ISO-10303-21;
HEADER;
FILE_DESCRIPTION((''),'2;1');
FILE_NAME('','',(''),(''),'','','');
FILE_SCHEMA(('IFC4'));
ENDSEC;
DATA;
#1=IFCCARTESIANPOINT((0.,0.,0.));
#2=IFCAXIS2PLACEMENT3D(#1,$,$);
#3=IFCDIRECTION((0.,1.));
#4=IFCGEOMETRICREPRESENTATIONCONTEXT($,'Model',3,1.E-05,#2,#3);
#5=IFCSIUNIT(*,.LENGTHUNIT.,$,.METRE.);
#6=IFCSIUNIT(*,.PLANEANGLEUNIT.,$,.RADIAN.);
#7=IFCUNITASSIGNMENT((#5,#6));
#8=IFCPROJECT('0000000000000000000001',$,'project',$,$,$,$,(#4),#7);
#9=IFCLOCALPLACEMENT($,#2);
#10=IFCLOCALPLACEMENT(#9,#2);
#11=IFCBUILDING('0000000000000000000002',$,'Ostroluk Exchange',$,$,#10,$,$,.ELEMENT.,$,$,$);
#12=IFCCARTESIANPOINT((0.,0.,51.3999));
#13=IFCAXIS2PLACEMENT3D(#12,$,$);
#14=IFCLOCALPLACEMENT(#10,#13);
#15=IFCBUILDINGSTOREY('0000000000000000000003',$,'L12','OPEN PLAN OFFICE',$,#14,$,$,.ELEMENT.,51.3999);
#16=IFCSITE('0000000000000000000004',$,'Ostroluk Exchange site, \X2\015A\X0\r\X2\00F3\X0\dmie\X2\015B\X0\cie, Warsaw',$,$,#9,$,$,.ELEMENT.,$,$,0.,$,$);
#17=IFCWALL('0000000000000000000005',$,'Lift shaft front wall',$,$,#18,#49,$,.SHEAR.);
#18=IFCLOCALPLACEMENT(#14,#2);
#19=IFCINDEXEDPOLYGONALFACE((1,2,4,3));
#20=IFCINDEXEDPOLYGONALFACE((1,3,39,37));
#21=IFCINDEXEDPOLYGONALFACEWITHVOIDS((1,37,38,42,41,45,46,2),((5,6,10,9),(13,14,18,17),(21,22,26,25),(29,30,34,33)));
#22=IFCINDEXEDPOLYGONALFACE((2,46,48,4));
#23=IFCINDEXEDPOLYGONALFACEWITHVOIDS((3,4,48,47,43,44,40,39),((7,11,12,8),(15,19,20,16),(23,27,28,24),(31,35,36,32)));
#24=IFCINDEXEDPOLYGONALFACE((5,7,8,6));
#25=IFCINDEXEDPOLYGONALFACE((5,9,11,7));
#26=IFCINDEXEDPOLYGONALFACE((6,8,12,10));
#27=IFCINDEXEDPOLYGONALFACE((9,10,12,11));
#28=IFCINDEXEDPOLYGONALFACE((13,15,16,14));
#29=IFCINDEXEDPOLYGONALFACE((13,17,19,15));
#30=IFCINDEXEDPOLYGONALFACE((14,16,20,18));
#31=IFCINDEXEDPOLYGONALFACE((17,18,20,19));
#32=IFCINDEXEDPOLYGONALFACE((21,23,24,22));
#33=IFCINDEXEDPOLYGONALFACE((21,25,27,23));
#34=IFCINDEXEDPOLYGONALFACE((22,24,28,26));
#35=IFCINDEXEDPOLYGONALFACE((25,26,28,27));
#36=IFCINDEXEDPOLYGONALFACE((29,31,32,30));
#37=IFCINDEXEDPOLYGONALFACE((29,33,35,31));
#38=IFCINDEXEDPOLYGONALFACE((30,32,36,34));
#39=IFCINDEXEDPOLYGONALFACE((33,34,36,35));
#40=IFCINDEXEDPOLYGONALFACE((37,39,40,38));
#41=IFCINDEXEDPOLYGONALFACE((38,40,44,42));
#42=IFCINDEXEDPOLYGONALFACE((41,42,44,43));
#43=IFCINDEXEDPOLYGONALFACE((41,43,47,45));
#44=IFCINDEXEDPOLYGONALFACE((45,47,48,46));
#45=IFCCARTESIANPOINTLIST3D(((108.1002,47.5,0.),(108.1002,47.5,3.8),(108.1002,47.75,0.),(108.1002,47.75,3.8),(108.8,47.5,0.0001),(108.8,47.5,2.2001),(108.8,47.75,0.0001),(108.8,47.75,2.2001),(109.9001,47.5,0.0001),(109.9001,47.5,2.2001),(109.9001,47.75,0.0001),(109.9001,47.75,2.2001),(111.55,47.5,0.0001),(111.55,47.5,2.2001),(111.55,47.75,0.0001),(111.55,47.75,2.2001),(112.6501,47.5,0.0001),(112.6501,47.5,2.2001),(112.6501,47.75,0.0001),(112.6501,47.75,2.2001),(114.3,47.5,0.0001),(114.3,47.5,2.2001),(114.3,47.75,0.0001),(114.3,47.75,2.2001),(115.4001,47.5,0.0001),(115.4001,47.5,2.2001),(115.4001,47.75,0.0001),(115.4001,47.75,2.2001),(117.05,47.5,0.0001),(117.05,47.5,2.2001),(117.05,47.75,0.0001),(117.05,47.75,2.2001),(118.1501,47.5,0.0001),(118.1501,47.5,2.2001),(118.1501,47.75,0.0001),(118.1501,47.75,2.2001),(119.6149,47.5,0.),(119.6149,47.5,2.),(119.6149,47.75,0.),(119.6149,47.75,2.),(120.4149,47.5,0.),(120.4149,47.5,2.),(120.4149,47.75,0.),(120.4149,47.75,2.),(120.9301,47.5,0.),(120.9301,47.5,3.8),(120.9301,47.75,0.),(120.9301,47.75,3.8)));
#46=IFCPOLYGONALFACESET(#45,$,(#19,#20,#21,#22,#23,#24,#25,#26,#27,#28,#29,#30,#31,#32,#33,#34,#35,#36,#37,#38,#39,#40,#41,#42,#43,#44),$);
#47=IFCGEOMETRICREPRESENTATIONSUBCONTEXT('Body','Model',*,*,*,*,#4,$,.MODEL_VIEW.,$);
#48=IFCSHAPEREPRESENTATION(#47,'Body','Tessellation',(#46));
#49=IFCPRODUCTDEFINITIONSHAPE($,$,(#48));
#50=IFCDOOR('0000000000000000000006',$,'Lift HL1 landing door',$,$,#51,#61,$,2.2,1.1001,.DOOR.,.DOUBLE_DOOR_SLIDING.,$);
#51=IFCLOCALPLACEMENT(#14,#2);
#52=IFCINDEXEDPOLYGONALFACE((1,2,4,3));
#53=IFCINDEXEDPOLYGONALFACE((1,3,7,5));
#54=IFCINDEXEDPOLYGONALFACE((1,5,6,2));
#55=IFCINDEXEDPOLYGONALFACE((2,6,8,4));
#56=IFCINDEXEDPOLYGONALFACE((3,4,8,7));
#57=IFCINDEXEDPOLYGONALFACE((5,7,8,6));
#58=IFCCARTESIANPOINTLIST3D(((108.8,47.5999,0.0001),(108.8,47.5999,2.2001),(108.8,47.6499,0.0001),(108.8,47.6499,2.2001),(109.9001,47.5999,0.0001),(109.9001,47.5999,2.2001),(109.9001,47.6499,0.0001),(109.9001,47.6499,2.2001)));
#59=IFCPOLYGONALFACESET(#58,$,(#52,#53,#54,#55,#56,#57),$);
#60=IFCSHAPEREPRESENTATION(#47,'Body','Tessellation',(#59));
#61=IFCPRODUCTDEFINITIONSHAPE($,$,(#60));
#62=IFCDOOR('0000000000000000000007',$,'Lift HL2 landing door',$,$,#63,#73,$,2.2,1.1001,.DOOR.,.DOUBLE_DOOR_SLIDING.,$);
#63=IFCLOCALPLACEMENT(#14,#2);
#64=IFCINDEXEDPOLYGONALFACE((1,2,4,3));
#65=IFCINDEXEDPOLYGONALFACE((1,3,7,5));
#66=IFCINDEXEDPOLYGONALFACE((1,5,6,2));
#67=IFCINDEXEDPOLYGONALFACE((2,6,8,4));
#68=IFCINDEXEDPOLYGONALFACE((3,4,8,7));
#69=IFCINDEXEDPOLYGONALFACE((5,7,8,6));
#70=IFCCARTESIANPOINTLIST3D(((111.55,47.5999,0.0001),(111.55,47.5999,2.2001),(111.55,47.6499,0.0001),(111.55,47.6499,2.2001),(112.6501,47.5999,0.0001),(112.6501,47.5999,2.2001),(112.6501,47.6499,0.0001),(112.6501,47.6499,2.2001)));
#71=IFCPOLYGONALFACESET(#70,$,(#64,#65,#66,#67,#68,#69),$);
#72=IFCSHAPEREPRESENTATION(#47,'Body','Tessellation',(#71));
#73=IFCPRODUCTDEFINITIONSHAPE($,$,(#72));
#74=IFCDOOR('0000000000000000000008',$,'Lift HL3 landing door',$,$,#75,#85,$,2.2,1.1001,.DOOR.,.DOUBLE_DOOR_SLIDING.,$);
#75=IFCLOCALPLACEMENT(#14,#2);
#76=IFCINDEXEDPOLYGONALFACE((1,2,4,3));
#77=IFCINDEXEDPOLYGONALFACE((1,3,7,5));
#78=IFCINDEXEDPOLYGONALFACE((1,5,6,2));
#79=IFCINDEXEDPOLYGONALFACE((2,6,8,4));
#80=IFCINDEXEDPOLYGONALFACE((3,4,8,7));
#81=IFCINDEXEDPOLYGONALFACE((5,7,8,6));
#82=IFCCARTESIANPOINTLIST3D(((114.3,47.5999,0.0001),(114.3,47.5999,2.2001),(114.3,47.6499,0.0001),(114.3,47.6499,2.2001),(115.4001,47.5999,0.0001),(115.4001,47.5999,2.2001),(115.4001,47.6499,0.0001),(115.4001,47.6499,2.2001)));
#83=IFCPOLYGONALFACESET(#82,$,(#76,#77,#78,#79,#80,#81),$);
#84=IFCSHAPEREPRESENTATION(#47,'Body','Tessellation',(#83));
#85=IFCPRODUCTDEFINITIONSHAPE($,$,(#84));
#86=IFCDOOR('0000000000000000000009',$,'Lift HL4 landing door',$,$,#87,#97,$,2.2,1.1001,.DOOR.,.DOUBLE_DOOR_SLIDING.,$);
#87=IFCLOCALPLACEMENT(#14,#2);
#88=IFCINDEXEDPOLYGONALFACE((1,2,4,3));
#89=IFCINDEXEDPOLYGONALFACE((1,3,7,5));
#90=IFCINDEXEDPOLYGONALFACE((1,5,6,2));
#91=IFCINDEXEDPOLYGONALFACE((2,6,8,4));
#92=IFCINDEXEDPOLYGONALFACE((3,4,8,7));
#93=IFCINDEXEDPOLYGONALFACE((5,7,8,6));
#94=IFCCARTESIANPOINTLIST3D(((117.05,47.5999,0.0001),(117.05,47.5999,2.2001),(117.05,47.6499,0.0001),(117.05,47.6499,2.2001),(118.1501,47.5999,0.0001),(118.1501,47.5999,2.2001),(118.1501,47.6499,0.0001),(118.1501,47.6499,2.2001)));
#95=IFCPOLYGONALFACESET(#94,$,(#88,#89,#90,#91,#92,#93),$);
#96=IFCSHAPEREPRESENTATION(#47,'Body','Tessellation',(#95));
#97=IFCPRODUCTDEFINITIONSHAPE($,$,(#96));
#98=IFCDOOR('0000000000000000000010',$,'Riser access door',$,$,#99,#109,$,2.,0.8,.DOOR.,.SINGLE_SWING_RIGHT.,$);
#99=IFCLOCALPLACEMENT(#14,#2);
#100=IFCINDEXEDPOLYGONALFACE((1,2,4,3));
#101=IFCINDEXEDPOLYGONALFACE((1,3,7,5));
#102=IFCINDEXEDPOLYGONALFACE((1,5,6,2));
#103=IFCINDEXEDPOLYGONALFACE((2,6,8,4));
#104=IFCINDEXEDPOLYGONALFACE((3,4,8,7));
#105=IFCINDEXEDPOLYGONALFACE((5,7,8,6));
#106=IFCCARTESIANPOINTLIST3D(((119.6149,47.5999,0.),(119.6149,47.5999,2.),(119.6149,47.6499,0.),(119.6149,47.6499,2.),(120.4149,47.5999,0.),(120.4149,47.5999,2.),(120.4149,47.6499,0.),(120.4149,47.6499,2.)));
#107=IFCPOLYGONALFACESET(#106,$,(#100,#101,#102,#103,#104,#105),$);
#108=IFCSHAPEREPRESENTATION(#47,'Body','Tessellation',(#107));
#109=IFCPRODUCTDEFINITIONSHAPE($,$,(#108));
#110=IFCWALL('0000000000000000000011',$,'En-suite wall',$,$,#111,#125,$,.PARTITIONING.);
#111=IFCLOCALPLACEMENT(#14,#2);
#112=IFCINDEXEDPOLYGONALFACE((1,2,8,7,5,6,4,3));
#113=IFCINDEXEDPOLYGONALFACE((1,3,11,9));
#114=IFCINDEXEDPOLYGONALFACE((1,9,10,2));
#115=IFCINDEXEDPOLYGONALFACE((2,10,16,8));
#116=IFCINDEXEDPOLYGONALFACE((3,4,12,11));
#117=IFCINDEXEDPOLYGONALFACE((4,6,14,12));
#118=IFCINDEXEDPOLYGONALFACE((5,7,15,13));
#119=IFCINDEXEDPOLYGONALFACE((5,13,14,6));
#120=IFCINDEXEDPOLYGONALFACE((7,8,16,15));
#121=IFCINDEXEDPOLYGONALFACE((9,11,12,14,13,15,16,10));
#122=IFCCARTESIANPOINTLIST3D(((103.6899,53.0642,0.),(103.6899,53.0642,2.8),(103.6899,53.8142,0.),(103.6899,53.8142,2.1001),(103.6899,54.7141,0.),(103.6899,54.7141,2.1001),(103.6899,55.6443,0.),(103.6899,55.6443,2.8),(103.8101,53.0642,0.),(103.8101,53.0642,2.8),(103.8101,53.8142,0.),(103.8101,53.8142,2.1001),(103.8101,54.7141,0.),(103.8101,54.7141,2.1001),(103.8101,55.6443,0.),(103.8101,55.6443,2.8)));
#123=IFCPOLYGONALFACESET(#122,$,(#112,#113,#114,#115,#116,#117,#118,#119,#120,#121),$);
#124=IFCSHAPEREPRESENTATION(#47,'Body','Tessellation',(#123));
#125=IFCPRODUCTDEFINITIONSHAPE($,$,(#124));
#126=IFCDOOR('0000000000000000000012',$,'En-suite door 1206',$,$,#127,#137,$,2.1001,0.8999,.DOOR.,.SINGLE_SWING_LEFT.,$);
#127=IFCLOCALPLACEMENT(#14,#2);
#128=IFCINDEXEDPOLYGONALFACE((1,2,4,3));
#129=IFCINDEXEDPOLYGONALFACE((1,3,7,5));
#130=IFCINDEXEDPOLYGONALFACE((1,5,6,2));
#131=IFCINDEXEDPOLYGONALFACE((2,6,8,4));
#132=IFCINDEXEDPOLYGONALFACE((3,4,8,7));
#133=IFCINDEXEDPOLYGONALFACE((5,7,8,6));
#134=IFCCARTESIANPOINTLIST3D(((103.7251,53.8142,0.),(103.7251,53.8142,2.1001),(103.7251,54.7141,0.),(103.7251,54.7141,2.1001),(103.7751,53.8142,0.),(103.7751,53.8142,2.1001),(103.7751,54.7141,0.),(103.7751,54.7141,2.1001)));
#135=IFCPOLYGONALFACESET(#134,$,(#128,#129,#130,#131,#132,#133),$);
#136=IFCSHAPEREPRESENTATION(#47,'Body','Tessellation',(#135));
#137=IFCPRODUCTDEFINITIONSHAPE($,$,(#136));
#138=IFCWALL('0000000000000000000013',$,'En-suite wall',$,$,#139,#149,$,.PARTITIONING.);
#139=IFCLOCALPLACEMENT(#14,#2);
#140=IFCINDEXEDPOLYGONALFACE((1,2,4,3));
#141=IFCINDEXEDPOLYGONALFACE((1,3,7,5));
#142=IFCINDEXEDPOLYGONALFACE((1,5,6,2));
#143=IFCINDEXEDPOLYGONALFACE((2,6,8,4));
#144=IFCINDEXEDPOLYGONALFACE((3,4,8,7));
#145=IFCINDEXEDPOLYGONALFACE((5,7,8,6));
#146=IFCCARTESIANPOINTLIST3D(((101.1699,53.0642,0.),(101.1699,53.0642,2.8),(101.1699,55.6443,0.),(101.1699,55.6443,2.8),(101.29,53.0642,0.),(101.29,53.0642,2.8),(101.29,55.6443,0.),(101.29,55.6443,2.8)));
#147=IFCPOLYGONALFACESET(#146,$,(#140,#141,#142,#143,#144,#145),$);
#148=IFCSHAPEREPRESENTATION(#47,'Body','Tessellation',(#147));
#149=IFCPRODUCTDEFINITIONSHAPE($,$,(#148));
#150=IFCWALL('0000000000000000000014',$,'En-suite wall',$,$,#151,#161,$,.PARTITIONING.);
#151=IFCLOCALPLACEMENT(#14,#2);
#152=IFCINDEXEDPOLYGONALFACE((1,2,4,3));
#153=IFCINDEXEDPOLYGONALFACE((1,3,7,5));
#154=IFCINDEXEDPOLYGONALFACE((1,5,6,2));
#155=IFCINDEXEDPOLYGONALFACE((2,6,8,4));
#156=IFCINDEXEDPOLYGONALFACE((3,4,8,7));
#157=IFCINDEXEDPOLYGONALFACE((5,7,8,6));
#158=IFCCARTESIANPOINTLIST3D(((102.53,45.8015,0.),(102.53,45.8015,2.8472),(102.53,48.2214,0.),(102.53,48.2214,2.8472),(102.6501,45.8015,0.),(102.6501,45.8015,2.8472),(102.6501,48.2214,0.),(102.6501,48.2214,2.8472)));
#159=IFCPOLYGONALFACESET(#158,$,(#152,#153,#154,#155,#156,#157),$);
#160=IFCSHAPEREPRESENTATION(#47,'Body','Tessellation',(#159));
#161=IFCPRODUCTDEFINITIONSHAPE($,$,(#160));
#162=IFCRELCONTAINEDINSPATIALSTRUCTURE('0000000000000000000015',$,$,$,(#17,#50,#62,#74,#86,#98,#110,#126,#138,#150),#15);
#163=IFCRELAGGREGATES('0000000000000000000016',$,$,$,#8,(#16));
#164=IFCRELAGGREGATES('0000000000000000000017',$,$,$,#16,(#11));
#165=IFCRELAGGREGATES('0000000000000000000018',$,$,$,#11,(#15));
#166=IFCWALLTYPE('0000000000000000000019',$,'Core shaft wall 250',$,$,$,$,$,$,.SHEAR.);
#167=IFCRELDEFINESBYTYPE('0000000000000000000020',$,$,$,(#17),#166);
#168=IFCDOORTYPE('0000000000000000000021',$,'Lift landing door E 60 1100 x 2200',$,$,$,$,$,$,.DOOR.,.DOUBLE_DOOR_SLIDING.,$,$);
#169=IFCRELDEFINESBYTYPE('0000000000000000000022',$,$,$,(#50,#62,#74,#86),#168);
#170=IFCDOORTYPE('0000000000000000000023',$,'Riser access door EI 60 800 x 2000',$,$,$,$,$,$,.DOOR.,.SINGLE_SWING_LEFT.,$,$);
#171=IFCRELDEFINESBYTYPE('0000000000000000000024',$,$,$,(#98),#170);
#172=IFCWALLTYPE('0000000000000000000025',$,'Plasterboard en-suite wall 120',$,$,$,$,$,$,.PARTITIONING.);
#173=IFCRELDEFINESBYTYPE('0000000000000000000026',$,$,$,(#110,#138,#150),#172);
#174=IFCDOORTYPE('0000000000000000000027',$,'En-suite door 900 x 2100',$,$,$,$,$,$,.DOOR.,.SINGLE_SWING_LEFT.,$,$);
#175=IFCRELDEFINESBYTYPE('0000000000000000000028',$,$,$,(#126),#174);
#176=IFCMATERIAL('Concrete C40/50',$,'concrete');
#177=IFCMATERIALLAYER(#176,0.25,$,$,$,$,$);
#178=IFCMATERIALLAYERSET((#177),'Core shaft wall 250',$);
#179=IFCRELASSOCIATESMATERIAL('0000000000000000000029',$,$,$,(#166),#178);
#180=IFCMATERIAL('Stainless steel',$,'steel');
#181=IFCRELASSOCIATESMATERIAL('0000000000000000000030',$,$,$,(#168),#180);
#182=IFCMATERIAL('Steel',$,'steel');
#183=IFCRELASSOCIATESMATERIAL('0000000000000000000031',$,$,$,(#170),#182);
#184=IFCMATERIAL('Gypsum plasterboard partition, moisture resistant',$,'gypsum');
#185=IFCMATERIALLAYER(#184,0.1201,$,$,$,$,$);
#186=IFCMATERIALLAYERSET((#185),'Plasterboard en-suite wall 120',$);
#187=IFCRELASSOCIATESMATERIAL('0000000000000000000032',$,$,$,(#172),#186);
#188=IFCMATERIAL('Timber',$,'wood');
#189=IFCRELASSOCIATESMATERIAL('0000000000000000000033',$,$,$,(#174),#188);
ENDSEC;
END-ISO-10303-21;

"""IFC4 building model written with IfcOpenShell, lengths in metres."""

from ifc_helpers import new_model, si_unit, direction, frame, frame_2d, origin, place, context, subcontext, project, spatial, rectangle, extrude, material, layer, layer_set, type_object, element, fill, save


model = new_model("IFC4")

# Units and contexts
model_context = context("Model", 3, precision=1e-05, world=origin(), true_north=direction((0.0, 1.0)))
body_context = subcontext(model_context, "Body", "Model", "MODEL_VIEW")
ifc_project = project(units=[si_unit("LENGTHUNIT", "METRE"), si_unit("PLANEANGLEUNIT", "RADIAN")], contexts=[model_context])

# Site, building, storey
site_placement = place(None, origin())
site = spatial("IfcSite", under=ifc_project, at=site_placement, Name="Ostroluk Exchange site, Śródmieście, Warsaw", CompositionType="ELEMENT", RefElevation=0.0)
building_placement = place(site_placement, origin())
building = spatial("IfcBuilding", under=site, at=building_placement, Name="Ostroluk Exchange", CompositionType="ELEMENT")
storey_placement = place(building_placement, frame((0.0, 0.0, 51.3999)))
storey = spatial("IfcBuildingStorey", under=building, at=storey_placement, Name="L12", Description="OPEN PLAN OFFICE", CompositionType="ELEMENT", Elevation=51.3999)

# Shared definitions
ifc_material_1 = material(Name="Concrete C40/50", Category="concrete")
ifc_layer_1 = layer(ifc_material_1, 0.25)
ifc_layer_set_1 = layer_set([ifc_layer_1], Name="Core shaft wall 250")
wall_type_1 = type_object("IfcWallType", Name="Core shaft wall 250", PredefinedType="SHEAR", material=ifc_layer_set_1)

# Wall, openings, doors
wall_1_placement = place(storey_placement, frame((108.1001, 47.625, 0.0), z_axis=(0.0, 0.0, 1.0), x_axis=(1.0, 0.0, 0.0)))
wall_1 = element("IfcWall", 1, at=wall_1_placement, inside=storey, type_object=wall_type_1, Name="Lift shaft front wall", PredefinedType="SHEAR", context=body_context, shape_type="SweptSolid", body=[
    extrude(rectangle(XDim=12.8298, YDim=0.25, at=frame_2d((6.415, 0.0))), origin(), (0.0, 0.0, 1.0), 3.8),
])
opening_1_placement = place(wall_1_placement, frame((0.7, 0.0, 0.0)))
opening_1 = element("IfcOpeningElement", 2, at=opening_1_placement, cuts=wall_1, PredefinedType="OPENING", context=body_context, shape_type="SweptSolid", body=[
    extrude(rectangle(XDim=1.1001, YDim=2.2, at=frame_2d((0.55, 1.1001))), frame((0.0, 0.135, 0.0), z_axis=(0.0, -1.0, 0.0), x_axis=(1.0, 0.0, 0.0)), (0.0, 0.0, 1.0), 0.27),
])
opening_2_placement = place(wall_1_placement, frame((3.45, 0.0, 0.0)))
opening_2 = element("IfcOpeningElement", 3, at=opening_2_placement, cuts=wall_1, PredefinedType="OPENING", context=body_context, shape_type="SweptSolid", body=[
    extrude(rectangle(XDim=1.1001, YDim=2.2, at=frame_2d((0.55, 1.1001))), frame((0.0, 0.135, 0.0), z_axis=(0.0, -1.0, 0.0), x_axis=(1.0, 0.0, 0.0)), (0.0, 0.0, 1.0), 0.27),
])
opening_3_placement = place(wall_1_placement, frame((6.2, 0.0, 0.0)))
opening_3 = element("IfcOpeningElement", 4, at=opening_3_placement, cuts=wall_1, PredefinedType="OPENING", context=body_context, shape_type="SweptSolid", body=[
    extrude(rectangle(XDim=1.1001, YDim=2.2, at=frame_2d((0.55, 1.1001))), frame((0.0, 0.135, 0.0), z_axis=(0.0, -1.0, 0.0), x_axis=(1.0, 0.0, 0.0)), (0.0, 0.0, 1.0), 0.27),
])
opening_4_placement = place(wall_1_placement, frame((8.95, 0.0, 0.0)))
opening_4 = element("IfcOpeningElement", 5, at=opening_4_placement, cuts=wall_1, PredefinedType="OPENING", context=body_context, shape_type="SweptSolid", body=[
    extrude(rectangle(XDim=1.1001, YDim=2.2, at=frame_2d((0.55, 1.1001))), frame((0.0, 0.135, 0.0), z_axis=(0.0, -1.0, 0.0), x_axis=(1.0, 0.0, 0.0)), (0.0, 0.0, 1.0), 0.27),
])
opening_5_placement = place(wall_1_placement, frame((11.5149, 0.0, 0.0)))
opening_5 = element("IfcOpeningElement", 6, at=opening_5_placement, cuts=wall_1, PredefinedType="OPENING", context=body_context, shape_type="SweptSolid", body=[
    extrude(rectangle(XDim=0.8, YDim=2.0, at=frame_2d((0.3999, 1.0))), frame((0.0, 0.135, 0.0), z_axis=(0.0, -1.0, 0.0), x_axis=(1.0, 0.0, 0.0)), (0.0, 0.0, 1.0), 0.27),
])
ifc_material_2 = material(Name="Stainless steel", Category="steel")
door_type_1 = type_object("IfcDoorType", Name="Lift landing door E 60 1100 x 2200", OperationType="DOUBLE_DOOR_SLIDING", PredefinedType="DOOR", material=ifc_material_2)
door_1_placement = place(opening_1_placement, origin())
door_1 = element("IfcDoor", 7, at=door_1_placement, inside=storey, type_object=door_type_1, Name="Lift HL1 landing door", OperationType="DOUBLE_DOOR_SLIDING", OverallHeight=2.2, OverallWidth=1.1001, PredefinedType="DOOR", context=body_context, shape_type="SweptSolid", body=[
    extrude(rectangle(XDim=1.1001, YDim=2.2, at=frame_2d((0.55, 1.1001))), frame((0.0, 0.0249, 0.0), z_axis=(0.0, -1.0, 0.0), x_axis=(1.0, 0.0, 0.0)), (0.0, 0.0, 1.0), 0.05),
])
fill(opening_1, door_1)
door_2_placement = place(opening_2_placement, origin())
door_2 = element("IfcDoor", 8, at=door_2_placement, inside=storey, type_object=door_type_1, Name="Lift HL2 landing door", OperationType="DOUBLE_DOOR_SLIDING", OverallHeight=2.2, OverallWidth=1.1001, PredefinedType="DOOR", context=body_context, shape_type="SweptSolid", body=[
    extrude(rectangle(XDim=1.1001, YDim=2.2, at=frame_2d((0.55, 1.1001))), frame((0.0, 0.0249, 0.0), z_axis=(0.0, -1.0, 0.0), x_axis=(1.0, 0.0, 0.0)), (0.0, 0.0, 1.0), 0.05),
])
fill(opening_2, door_2)
door_3_placement = place(opening_3_placement, origin())
door_3 = element("IfcDoor", 9, at=door_3_placement, inside=storey, type_object=door_type_1, Name="Lift HL3 landing door", OperationType="DOUBLE_DOOR_SLIDING", OverallHeight=2.2, OverallWidth=1.1001, PredefinedType="DOOR", context=body_context, shape_type="SweptSolid", body=[
    extrude(rectangle(XDim=1.1001, YDim=2.2, at=frame_2d((0.55, 1.1001))), frame((0.0, 0.0249, 0.0), z_axis=(0.0, -1.0, 0.0), x_axis=(1.0, 0.0, 0.0)), (0.0, 0.0, 1.0), 0.05),
])
fill(opening_3, door_3)
door_4_placement = place(opening_4_placement, origin())
door_4 = element("IfcDoor", 10, at=door_4_placement, inside=storey, type_object=door_type_1, Name="Lift HL4 landing door", OperationType="DOUBLE_DOOR_SLIDING", OverallHeight=2.2, OverallWidth=1.1001, PredefinedType="DOOR", context=body_context, shape_type="SweptSolid", body=[
    extrude(rectangle(XDim=1.1001, YDim=2.2, at=frame_2d((0.55, 1.1001))), frame((0.0, 0.0249, 0.0), z_axis=(0.0, -1.0, 0.0), x_axis=(1.0, 0.0, 0.0)), (0.0, 0.0, 1.0), 0.05),
])
fill(opening_4, door_4)
ifc_material_3 = material(Name="Steel", Category="steel")
door_type_2 = type_object("IfcDoorType", Name="Riser access door EI 60 800 x 2000", OperationType="SINGLE_SWING_LEFT", PredefinedType="DOOR", material=ifc_material_3)
door_5_placement = place(opening_5_placement, origin())
door_5 = element("IfcDoor", 11, at=door_5_placement, inside=storey, type_object=door_type_2, Name="Riser access door", OperationType="SINGLE_SWING_RIGHT", OverallHeight=2.0, OverallWidth=0.8, PredefinedType="DOOR", context=body_context, shape_type="SweptSolid", body=[
    extrude(rectangle(XDim=0.8, YDim=2.0, at=frame_2d((0.3999, 1.0))), frame((0.0, 0.0249, 0.0), z_axis=(0.0, -1.0, 0.0), x_axis=(1.0, 0.0, 0.0)), (0.0, 0.0, 1.0), 0.05),
])
fill(opening_5, door_5)

# Wall, opening, door
ifc_material_4 = material(Name="Gypsum plasterboard partition, moisture resistant", Category="gypsum")
ifc_layer_2 = layer(ifc_material_4, 0.1201)
ifc_layer_set_2 = layer_set([ifc_layer_2], Name="Plasterboard en-suite wall 120")
wall_type_2 = type_object("IfcWallType", Name="Plasterboard en-suite wall 120", PredefinedType="PARTITIONING", material=ifc_layer_set_2)
wall_2_placement = place(storey_placement, frame((103.75, 53.0642, 0.0), z_axis=(0.0, 0.0, 1.0), x_axis=(0.0, 1.0, 0.0)))
wall_2 = element("IfcWall", 12, at=wall_2_placement, inside=storey, type_object=wall_type_2, Name="En-suite wall", PredefinedType="PARTITIONING", context=body_context, shape_type="SweptSolid", body=[
    extrude(rectangle(XDim=2.5801, YDim=0.1201, at=frame_2d((1.29, 0.0))), origin(), (0.0, 0.0, 1.0), 2.8),
])
opening_6_placement = place(wall_2_placement, frame((0.75, 0.0, 0.0)))
opening_6 = element("IfcOpeningElement", 13, at=opening_6_placement, cuts=wall_2, PredefinedType="OPENING", context=body_context, shape_type="SweptSolid", body=[
    extrude(rectangle(XDim=0.8999, YDim=2.1001, at=frame_2d((0.45, 1.05))), frame((0.0, 0.0701, 0.0), z_axis=(0.0, -1.0, 0.0), x_axis=(1.0, 0.0, 0.0)), (0.0, 0.0, 1.0), 0.1401),
])
ifc_material_5 = material(Name="Timber", Category="wood")
door_type_3 = type_object("IfcDoorType", Name="En-suite door 900 x 2100", OperationType="SINGLE_SWING_LEFT", PredefinedType="DOOR", material=ifc_material_5)
door_6_placement = place(opening_6_placement, origin())
door_6 = element("IfcDoor", 14, at=door_6_placement, inside=storey, type_object=door_type_3, Name="En-suite door 1206", OperationType="SINGLE_SWING_LEFT", OverallHeight=2.1001, OverallWidth=0.8999, PredefinedType="DOOR", context=body_context, shape_type="SweptSolid", body=[
    extrude(rectangle(XDim=0.8999, YDim=2.1001, at=frame_2d((0.45, 1.05))), frame((0.0, 0.0249, 0.0), z_axis=(0.0, -1.0, 0.0), x_axis=(1.0, 0.0, 0.0)), (0.0, 0.0, 1.0), 0.05),
])
fill(opening_6, door_6)

# Walls
wall_3_placement = place(storey_placement, frame((101.23, 53.0642, 0.0), z_axis=(0.0, 0.0, 1.0), x_axis=(0.0, 1.0, 0.0)))
element("IfcWall", 15, at=wall_3_placement, inside=storey, type_object=wall_type_2, Name="En-suite wall", PredefinedType="PARTITIONING", context=body_context, shape_type="SweptSolid", body=[
    extrude(rectangle(XDim=2.5801, YDim=0.1201, at=frame_2d((1.29, 0.0))), origin(), (0.0, 0.0, 1.0), 2.8),
])
wall_4_placement = place(storey_placement, frame((102.5901, 48.2214, 0.0), z_axis=(0.0, 0.0, 1.0), x_axis=(0.0, -1.0, 0.0)))
element("IfcWall", 16, at=wall_4_placement, inside=storey, type_object=wall_type_2, Name="En-suite wall", PredefinedType="PARTITIONING", context=body_context, shape_type="SweptSolid", body=[
    extrude(rectangle(XDim=2.4199, YDim=0.1201, at=frame_2d((1.21, 0.0))), origin(), (0.0, 0.0, 1.0), 2.8472),
])

save(model, "model.ifc")
